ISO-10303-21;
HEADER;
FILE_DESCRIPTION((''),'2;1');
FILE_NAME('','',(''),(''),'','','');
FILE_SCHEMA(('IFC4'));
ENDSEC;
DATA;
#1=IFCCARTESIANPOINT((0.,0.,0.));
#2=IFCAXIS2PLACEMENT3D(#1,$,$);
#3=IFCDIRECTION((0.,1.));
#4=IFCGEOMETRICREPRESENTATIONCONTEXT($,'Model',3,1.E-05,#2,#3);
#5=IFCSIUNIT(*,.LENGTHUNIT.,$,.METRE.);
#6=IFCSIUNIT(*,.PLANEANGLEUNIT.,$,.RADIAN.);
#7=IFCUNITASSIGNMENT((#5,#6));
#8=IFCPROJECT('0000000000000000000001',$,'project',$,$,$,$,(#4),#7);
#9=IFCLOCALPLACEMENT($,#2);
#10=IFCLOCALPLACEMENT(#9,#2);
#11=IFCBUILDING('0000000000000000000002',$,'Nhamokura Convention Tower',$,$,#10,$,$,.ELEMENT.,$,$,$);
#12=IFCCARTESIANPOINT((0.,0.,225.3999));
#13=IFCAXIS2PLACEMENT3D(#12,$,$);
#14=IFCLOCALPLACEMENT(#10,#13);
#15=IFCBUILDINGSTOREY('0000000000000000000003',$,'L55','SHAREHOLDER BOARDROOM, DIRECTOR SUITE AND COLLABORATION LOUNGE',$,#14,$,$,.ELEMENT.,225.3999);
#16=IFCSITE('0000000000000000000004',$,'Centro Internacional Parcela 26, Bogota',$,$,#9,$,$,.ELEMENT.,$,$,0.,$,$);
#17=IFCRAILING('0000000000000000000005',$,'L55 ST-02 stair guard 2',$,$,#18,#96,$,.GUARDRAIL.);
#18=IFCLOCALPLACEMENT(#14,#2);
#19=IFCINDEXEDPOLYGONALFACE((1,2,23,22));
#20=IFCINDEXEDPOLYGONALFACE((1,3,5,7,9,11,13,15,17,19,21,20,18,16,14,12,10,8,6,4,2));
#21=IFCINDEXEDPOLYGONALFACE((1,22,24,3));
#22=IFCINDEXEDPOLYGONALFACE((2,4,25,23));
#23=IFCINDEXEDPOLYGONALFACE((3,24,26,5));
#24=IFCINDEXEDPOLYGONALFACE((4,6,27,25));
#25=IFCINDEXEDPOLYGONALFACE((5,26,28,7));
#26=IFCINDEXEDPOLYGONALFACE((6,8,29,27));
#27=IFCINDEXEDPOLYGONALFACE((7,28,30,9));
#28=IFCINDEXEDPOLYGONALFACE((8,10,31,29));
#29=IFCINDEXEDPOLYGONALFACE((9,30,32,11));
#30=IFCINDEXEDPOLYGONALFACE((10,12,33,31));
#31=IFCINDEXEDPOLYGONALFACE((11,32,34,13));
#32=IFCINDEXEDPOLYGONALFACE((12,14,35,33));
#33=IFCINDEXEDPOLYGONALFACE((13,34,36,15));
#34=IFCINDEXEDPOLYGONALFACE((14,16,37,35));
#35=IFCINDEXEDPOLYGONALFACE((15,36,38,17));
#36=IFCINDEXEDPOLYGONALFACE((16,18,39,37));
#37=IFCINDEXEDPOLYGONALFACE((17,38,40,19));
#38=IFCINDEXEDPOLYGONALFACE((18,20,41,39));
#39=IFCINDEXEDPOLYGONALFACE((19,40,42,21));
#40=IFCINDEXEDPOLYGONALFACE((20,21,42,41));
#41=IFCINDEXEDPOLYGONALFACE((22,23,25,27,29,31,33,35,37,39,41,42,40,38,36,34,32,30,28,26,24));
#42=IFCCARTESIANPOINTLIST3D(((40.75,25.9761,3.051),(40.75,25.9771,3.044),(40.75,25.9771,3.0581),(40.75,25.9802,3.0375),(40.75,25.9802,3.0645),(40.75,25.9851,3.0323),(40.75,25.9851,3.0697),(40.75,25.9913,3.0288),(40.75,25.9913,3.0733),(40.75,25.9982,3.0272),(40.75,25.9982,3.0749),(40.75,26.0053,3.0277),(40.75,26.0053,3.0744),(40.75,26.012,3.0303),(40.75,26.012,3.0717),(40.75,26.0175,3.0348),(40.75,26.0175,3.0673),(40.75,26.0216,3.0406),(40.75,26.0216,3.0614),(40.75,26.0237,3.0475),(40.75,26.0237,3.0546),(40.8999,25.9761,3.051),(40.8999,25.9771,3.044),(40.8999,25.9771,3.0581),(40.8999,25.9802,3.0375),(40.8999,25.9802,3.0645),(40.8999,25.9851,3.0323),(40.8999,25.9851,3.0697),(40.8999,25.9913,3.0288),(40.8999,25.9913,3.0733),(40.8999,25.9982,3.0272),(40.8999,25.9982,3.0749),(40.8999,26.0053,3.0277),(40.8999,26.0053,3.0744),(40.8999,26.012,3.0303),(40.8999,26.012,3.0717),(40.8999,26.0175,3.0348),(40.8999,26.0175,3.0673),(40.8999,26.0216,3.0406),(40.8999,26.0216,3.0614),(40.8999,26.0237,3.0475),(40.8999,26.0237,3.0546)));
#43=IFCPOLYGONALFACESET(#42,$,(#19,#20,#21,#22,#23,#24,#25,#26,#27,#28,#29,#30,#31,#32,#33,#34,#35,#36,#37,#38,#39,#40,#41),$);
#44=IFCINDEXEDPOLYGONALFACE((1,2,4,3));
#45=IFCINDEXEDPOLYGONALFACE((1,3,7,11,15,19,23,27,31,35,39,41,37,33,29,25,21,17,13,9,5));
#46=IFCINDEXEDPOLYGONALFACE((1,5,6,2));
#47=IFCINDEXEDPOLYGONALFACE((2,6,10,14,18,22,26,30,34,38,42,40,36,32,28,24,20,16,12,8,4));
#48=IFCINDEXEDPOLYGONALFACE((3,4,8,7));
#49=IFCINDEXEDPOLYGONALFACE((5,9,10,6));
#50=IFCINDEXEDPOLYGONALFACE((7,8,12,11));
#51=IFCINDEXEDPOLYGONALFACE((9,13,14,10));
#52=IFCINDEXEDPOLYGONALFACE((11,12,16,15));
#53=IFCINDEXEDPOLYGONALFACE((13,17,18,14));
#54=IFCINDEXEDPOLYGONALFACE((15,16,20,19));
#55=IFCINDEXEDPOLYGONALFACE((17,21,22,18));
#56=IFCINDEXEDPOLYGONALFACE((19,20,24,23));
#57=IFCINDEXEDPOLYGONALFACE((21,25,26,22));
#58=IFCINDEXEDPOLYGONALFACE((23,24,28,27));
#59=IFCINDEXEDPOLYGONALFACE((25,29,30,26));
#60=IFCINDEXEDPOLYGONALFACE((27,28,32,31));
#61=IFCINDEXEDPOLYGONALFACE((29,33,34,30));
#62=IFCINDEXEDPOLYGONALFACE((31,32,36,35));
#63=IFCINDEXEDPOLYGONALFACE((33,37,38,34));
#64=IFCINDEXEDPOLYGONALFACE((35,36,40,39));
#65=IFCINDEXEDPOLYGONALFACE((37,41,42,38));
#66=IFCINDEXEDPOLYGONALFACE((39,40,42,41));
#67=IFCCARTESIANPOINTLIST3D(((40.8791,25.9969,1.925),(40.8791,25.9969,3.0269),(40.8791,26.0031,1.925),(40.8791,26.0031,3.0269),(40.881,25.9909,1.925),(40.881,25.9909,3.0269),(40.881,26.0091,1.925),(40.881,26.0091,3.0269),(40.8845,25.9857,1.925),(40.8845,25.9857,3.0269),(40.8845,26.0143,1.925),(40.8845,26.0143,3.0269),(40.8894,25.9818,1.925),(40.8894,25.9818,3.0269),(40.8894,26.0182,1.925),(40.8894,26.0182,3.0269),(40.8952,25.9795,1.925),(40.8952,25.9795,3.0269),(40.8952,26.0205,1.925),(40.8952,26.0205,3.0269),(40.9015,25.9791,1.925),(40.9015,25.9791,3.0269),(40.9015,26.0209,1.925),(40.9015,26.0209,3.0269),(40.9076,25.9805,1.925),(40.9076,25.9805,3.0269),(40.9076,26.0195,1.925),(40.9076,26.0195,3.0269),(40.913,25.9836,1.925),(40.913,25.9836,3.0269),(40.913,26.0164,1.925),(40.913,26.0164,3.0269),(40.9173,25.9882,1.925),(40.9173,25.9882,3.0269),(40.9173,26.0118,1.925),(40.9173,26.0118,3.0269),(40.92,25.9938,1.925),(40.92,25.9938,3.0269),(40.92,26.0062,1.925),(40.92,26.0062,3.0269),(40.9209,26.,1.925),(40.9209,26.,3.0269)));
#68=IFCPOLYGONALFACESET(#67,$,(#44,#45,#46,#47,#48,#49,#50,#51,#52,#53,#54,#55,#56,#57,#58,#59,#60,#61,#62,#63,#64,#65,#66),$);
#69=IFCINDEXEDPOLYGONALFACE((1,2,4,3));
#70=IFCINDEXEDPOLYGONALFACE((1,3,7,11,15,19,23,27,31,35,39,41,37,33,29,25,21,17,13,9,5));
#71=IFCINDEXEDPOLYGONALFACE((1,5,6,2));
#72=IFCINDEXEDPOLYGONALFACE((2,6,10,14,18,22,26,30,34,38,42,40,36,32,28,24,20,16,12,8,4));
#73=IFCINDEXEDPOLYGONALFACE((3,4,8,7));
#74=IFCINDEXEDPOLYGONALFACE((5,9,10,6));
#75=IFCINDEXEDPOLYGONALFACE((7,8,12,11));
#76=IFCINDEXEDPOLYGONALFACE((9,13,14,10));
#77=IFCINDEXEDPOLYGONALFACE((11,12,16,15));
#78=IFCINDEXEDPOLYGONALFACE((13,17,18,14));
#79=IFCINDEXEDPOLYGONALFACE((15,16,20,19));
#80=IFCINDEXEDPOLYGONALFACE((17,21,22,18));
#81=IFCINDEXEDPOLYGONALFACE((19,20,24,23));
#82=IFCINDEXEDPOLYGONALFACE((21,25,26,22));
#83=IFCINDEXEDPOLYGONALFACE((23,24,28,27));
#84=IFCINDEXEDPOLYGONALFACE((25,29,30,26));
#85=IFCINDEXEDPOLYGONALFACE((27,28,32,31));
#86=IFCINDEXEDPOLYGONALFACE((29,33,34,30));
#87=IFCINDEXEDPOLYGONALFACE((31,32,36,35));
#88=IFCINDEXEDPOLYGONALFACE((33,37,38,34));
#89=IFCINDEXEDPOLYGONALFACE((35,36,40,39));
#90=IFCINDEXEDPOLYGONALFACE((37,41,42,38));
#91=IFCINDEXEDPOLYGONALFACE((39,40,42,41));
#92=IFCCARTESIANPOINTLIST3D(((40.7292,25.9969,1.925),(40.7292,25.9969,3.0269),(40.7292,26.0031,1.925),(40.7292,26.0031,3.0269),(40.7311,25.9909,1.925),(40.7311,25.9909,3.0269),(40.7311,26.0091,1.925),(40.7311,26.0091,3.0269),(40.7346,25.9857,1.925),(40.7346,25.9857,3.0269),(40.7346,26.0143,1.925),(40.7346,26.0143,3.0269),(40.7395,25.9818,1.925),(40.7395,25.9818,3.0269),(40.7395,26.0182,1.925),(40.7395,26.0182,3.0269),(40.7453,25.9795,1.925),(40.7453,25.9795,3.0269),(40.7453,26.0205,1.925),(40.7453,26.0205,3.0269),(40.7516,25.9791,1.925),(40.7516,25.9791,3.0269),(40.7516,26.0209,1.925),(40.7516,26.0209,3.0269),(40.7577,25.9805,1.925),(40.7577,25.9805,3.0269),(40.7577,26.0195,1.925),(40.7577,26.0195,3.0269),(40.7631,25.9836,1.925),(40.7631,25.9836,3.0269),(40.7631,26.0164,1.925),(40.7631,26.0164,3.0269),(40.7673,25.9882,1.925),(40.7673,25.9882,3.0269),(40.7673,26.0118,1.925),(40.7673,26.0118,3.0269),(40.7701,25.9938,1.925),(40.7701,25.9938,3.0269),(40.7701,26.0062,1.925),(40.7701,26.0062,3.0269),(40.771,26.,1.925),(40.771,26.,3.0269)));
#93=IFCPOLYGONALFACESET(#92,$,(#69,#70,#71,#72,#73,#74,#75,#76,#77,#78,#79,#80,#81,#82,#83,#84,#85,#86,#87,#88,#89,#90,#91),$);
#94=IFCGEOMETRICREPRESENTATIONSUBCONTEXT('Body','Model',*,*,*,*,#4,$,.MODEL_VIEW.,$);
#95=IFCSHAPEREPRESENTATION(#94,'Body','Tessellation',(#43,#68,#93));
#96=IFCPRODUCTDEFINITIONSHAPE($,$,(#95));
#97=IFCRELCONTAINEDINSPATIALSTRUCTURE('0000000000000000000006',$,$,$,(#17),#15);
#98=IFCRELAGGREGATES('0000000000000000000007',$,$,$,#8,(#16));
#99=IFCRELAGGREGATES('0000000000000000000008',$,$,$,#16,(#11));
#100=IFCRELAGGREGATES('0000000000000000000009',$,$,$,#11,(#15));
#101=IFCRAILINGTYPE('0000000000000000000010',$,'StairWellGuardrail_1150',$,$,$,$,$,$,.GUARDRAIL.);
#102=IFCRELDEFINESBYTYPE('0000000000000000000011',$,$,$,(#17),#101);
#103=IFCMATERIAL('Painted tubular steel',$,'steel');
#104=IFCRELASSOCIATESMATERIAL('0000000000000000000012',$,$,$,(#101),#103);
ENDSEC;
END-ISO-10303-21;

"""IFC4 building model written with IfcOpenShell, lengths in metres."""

from ifc_helpers import new_model, si_unit, direction, frame, origin, origin_2d, place, context, subcontext, project, spatial, circle, extrude, material, type_object, element, save


model = new_model("IFC4")

# Units and contexts
model_context = context("Model", 3, precision=1e-05, world=origin(), true_north=direction((0.0, 1.0)))
body_context = subcontext(model_context, "Body", "Model", "MODEL_VIEW")
ifc_project = project(units=[si_unit("LENGTHUNIT", "METRE"), si_unit("PLANEANGLEUNIT", "RADIAN")], contexts=[model_context])

# Site, building, storey
site_placement = place(None, origin())
site = spatial("IfcSite", under=ifc_project, at=site_placement, Name="Centro Internacional Parcela 26, Bogota", CompositionType="ELEMENT", RefElevation=0.0)
building_placement = place(site_placement, origin())
building = spatial("IfcBuilding", under=site, at=building_placement, Name="Nhamokura Convention Tower", CompositionType="ELEMENT")
storey_placement = place(building_placement, frame((0.0, 0.0, 225.3999)))
storey = spatial("IfcBuildingStorey", under=building, at=storey_placement, Name="L55", Description="SHAREHOLDER BOARDROOM, DIRECTOR SUITE AND COLLABORATION LOUNGE", CompositionType="ELEMENT", Elevation=225.3999)

# Railing
ifc_material_1 = material(Name="Painted tubular steel", Category="steel")
railing_type_1 = type_object("IfcRailingType", Name="StairWellGuardrail_1150", PredefinedType="GUARDRAIL", material=ifc_material_1)
railing_1_placement = place(storey_placement, frame((40.8999, 26.0, 1.925)))
element("IfcRailing", 1, at=railing_1_placement, inside=storey, type_object=railing_type_1, Name="L55 ST-02 stair guard 2", PredefinedType="GUARDRAIL", context=body_context, shape_type="SweptSolid", body=[
    extrude(circle(Radius=0.0239, at=origin_2d()), frame((0.0, 0.0, 1.126), z_axis=(-1.0, 0.0, 0.0), x_axis=(0.0, -1.0, 0.0)), (0.0, 0.0, 1.0), 0.1499),
    extrude(circle(Radius=0.021, at=origin_2d()), origin(), (0.0, 0.0, 1.0), 1.1018),
    extrude(circle(Radius=0.021, at=origin_2d()), frame((-0.1499, 0.0, 0.0)), (0.0, 0.0, 1.0), 1.1018),
])

save(model, "model.ifc")
